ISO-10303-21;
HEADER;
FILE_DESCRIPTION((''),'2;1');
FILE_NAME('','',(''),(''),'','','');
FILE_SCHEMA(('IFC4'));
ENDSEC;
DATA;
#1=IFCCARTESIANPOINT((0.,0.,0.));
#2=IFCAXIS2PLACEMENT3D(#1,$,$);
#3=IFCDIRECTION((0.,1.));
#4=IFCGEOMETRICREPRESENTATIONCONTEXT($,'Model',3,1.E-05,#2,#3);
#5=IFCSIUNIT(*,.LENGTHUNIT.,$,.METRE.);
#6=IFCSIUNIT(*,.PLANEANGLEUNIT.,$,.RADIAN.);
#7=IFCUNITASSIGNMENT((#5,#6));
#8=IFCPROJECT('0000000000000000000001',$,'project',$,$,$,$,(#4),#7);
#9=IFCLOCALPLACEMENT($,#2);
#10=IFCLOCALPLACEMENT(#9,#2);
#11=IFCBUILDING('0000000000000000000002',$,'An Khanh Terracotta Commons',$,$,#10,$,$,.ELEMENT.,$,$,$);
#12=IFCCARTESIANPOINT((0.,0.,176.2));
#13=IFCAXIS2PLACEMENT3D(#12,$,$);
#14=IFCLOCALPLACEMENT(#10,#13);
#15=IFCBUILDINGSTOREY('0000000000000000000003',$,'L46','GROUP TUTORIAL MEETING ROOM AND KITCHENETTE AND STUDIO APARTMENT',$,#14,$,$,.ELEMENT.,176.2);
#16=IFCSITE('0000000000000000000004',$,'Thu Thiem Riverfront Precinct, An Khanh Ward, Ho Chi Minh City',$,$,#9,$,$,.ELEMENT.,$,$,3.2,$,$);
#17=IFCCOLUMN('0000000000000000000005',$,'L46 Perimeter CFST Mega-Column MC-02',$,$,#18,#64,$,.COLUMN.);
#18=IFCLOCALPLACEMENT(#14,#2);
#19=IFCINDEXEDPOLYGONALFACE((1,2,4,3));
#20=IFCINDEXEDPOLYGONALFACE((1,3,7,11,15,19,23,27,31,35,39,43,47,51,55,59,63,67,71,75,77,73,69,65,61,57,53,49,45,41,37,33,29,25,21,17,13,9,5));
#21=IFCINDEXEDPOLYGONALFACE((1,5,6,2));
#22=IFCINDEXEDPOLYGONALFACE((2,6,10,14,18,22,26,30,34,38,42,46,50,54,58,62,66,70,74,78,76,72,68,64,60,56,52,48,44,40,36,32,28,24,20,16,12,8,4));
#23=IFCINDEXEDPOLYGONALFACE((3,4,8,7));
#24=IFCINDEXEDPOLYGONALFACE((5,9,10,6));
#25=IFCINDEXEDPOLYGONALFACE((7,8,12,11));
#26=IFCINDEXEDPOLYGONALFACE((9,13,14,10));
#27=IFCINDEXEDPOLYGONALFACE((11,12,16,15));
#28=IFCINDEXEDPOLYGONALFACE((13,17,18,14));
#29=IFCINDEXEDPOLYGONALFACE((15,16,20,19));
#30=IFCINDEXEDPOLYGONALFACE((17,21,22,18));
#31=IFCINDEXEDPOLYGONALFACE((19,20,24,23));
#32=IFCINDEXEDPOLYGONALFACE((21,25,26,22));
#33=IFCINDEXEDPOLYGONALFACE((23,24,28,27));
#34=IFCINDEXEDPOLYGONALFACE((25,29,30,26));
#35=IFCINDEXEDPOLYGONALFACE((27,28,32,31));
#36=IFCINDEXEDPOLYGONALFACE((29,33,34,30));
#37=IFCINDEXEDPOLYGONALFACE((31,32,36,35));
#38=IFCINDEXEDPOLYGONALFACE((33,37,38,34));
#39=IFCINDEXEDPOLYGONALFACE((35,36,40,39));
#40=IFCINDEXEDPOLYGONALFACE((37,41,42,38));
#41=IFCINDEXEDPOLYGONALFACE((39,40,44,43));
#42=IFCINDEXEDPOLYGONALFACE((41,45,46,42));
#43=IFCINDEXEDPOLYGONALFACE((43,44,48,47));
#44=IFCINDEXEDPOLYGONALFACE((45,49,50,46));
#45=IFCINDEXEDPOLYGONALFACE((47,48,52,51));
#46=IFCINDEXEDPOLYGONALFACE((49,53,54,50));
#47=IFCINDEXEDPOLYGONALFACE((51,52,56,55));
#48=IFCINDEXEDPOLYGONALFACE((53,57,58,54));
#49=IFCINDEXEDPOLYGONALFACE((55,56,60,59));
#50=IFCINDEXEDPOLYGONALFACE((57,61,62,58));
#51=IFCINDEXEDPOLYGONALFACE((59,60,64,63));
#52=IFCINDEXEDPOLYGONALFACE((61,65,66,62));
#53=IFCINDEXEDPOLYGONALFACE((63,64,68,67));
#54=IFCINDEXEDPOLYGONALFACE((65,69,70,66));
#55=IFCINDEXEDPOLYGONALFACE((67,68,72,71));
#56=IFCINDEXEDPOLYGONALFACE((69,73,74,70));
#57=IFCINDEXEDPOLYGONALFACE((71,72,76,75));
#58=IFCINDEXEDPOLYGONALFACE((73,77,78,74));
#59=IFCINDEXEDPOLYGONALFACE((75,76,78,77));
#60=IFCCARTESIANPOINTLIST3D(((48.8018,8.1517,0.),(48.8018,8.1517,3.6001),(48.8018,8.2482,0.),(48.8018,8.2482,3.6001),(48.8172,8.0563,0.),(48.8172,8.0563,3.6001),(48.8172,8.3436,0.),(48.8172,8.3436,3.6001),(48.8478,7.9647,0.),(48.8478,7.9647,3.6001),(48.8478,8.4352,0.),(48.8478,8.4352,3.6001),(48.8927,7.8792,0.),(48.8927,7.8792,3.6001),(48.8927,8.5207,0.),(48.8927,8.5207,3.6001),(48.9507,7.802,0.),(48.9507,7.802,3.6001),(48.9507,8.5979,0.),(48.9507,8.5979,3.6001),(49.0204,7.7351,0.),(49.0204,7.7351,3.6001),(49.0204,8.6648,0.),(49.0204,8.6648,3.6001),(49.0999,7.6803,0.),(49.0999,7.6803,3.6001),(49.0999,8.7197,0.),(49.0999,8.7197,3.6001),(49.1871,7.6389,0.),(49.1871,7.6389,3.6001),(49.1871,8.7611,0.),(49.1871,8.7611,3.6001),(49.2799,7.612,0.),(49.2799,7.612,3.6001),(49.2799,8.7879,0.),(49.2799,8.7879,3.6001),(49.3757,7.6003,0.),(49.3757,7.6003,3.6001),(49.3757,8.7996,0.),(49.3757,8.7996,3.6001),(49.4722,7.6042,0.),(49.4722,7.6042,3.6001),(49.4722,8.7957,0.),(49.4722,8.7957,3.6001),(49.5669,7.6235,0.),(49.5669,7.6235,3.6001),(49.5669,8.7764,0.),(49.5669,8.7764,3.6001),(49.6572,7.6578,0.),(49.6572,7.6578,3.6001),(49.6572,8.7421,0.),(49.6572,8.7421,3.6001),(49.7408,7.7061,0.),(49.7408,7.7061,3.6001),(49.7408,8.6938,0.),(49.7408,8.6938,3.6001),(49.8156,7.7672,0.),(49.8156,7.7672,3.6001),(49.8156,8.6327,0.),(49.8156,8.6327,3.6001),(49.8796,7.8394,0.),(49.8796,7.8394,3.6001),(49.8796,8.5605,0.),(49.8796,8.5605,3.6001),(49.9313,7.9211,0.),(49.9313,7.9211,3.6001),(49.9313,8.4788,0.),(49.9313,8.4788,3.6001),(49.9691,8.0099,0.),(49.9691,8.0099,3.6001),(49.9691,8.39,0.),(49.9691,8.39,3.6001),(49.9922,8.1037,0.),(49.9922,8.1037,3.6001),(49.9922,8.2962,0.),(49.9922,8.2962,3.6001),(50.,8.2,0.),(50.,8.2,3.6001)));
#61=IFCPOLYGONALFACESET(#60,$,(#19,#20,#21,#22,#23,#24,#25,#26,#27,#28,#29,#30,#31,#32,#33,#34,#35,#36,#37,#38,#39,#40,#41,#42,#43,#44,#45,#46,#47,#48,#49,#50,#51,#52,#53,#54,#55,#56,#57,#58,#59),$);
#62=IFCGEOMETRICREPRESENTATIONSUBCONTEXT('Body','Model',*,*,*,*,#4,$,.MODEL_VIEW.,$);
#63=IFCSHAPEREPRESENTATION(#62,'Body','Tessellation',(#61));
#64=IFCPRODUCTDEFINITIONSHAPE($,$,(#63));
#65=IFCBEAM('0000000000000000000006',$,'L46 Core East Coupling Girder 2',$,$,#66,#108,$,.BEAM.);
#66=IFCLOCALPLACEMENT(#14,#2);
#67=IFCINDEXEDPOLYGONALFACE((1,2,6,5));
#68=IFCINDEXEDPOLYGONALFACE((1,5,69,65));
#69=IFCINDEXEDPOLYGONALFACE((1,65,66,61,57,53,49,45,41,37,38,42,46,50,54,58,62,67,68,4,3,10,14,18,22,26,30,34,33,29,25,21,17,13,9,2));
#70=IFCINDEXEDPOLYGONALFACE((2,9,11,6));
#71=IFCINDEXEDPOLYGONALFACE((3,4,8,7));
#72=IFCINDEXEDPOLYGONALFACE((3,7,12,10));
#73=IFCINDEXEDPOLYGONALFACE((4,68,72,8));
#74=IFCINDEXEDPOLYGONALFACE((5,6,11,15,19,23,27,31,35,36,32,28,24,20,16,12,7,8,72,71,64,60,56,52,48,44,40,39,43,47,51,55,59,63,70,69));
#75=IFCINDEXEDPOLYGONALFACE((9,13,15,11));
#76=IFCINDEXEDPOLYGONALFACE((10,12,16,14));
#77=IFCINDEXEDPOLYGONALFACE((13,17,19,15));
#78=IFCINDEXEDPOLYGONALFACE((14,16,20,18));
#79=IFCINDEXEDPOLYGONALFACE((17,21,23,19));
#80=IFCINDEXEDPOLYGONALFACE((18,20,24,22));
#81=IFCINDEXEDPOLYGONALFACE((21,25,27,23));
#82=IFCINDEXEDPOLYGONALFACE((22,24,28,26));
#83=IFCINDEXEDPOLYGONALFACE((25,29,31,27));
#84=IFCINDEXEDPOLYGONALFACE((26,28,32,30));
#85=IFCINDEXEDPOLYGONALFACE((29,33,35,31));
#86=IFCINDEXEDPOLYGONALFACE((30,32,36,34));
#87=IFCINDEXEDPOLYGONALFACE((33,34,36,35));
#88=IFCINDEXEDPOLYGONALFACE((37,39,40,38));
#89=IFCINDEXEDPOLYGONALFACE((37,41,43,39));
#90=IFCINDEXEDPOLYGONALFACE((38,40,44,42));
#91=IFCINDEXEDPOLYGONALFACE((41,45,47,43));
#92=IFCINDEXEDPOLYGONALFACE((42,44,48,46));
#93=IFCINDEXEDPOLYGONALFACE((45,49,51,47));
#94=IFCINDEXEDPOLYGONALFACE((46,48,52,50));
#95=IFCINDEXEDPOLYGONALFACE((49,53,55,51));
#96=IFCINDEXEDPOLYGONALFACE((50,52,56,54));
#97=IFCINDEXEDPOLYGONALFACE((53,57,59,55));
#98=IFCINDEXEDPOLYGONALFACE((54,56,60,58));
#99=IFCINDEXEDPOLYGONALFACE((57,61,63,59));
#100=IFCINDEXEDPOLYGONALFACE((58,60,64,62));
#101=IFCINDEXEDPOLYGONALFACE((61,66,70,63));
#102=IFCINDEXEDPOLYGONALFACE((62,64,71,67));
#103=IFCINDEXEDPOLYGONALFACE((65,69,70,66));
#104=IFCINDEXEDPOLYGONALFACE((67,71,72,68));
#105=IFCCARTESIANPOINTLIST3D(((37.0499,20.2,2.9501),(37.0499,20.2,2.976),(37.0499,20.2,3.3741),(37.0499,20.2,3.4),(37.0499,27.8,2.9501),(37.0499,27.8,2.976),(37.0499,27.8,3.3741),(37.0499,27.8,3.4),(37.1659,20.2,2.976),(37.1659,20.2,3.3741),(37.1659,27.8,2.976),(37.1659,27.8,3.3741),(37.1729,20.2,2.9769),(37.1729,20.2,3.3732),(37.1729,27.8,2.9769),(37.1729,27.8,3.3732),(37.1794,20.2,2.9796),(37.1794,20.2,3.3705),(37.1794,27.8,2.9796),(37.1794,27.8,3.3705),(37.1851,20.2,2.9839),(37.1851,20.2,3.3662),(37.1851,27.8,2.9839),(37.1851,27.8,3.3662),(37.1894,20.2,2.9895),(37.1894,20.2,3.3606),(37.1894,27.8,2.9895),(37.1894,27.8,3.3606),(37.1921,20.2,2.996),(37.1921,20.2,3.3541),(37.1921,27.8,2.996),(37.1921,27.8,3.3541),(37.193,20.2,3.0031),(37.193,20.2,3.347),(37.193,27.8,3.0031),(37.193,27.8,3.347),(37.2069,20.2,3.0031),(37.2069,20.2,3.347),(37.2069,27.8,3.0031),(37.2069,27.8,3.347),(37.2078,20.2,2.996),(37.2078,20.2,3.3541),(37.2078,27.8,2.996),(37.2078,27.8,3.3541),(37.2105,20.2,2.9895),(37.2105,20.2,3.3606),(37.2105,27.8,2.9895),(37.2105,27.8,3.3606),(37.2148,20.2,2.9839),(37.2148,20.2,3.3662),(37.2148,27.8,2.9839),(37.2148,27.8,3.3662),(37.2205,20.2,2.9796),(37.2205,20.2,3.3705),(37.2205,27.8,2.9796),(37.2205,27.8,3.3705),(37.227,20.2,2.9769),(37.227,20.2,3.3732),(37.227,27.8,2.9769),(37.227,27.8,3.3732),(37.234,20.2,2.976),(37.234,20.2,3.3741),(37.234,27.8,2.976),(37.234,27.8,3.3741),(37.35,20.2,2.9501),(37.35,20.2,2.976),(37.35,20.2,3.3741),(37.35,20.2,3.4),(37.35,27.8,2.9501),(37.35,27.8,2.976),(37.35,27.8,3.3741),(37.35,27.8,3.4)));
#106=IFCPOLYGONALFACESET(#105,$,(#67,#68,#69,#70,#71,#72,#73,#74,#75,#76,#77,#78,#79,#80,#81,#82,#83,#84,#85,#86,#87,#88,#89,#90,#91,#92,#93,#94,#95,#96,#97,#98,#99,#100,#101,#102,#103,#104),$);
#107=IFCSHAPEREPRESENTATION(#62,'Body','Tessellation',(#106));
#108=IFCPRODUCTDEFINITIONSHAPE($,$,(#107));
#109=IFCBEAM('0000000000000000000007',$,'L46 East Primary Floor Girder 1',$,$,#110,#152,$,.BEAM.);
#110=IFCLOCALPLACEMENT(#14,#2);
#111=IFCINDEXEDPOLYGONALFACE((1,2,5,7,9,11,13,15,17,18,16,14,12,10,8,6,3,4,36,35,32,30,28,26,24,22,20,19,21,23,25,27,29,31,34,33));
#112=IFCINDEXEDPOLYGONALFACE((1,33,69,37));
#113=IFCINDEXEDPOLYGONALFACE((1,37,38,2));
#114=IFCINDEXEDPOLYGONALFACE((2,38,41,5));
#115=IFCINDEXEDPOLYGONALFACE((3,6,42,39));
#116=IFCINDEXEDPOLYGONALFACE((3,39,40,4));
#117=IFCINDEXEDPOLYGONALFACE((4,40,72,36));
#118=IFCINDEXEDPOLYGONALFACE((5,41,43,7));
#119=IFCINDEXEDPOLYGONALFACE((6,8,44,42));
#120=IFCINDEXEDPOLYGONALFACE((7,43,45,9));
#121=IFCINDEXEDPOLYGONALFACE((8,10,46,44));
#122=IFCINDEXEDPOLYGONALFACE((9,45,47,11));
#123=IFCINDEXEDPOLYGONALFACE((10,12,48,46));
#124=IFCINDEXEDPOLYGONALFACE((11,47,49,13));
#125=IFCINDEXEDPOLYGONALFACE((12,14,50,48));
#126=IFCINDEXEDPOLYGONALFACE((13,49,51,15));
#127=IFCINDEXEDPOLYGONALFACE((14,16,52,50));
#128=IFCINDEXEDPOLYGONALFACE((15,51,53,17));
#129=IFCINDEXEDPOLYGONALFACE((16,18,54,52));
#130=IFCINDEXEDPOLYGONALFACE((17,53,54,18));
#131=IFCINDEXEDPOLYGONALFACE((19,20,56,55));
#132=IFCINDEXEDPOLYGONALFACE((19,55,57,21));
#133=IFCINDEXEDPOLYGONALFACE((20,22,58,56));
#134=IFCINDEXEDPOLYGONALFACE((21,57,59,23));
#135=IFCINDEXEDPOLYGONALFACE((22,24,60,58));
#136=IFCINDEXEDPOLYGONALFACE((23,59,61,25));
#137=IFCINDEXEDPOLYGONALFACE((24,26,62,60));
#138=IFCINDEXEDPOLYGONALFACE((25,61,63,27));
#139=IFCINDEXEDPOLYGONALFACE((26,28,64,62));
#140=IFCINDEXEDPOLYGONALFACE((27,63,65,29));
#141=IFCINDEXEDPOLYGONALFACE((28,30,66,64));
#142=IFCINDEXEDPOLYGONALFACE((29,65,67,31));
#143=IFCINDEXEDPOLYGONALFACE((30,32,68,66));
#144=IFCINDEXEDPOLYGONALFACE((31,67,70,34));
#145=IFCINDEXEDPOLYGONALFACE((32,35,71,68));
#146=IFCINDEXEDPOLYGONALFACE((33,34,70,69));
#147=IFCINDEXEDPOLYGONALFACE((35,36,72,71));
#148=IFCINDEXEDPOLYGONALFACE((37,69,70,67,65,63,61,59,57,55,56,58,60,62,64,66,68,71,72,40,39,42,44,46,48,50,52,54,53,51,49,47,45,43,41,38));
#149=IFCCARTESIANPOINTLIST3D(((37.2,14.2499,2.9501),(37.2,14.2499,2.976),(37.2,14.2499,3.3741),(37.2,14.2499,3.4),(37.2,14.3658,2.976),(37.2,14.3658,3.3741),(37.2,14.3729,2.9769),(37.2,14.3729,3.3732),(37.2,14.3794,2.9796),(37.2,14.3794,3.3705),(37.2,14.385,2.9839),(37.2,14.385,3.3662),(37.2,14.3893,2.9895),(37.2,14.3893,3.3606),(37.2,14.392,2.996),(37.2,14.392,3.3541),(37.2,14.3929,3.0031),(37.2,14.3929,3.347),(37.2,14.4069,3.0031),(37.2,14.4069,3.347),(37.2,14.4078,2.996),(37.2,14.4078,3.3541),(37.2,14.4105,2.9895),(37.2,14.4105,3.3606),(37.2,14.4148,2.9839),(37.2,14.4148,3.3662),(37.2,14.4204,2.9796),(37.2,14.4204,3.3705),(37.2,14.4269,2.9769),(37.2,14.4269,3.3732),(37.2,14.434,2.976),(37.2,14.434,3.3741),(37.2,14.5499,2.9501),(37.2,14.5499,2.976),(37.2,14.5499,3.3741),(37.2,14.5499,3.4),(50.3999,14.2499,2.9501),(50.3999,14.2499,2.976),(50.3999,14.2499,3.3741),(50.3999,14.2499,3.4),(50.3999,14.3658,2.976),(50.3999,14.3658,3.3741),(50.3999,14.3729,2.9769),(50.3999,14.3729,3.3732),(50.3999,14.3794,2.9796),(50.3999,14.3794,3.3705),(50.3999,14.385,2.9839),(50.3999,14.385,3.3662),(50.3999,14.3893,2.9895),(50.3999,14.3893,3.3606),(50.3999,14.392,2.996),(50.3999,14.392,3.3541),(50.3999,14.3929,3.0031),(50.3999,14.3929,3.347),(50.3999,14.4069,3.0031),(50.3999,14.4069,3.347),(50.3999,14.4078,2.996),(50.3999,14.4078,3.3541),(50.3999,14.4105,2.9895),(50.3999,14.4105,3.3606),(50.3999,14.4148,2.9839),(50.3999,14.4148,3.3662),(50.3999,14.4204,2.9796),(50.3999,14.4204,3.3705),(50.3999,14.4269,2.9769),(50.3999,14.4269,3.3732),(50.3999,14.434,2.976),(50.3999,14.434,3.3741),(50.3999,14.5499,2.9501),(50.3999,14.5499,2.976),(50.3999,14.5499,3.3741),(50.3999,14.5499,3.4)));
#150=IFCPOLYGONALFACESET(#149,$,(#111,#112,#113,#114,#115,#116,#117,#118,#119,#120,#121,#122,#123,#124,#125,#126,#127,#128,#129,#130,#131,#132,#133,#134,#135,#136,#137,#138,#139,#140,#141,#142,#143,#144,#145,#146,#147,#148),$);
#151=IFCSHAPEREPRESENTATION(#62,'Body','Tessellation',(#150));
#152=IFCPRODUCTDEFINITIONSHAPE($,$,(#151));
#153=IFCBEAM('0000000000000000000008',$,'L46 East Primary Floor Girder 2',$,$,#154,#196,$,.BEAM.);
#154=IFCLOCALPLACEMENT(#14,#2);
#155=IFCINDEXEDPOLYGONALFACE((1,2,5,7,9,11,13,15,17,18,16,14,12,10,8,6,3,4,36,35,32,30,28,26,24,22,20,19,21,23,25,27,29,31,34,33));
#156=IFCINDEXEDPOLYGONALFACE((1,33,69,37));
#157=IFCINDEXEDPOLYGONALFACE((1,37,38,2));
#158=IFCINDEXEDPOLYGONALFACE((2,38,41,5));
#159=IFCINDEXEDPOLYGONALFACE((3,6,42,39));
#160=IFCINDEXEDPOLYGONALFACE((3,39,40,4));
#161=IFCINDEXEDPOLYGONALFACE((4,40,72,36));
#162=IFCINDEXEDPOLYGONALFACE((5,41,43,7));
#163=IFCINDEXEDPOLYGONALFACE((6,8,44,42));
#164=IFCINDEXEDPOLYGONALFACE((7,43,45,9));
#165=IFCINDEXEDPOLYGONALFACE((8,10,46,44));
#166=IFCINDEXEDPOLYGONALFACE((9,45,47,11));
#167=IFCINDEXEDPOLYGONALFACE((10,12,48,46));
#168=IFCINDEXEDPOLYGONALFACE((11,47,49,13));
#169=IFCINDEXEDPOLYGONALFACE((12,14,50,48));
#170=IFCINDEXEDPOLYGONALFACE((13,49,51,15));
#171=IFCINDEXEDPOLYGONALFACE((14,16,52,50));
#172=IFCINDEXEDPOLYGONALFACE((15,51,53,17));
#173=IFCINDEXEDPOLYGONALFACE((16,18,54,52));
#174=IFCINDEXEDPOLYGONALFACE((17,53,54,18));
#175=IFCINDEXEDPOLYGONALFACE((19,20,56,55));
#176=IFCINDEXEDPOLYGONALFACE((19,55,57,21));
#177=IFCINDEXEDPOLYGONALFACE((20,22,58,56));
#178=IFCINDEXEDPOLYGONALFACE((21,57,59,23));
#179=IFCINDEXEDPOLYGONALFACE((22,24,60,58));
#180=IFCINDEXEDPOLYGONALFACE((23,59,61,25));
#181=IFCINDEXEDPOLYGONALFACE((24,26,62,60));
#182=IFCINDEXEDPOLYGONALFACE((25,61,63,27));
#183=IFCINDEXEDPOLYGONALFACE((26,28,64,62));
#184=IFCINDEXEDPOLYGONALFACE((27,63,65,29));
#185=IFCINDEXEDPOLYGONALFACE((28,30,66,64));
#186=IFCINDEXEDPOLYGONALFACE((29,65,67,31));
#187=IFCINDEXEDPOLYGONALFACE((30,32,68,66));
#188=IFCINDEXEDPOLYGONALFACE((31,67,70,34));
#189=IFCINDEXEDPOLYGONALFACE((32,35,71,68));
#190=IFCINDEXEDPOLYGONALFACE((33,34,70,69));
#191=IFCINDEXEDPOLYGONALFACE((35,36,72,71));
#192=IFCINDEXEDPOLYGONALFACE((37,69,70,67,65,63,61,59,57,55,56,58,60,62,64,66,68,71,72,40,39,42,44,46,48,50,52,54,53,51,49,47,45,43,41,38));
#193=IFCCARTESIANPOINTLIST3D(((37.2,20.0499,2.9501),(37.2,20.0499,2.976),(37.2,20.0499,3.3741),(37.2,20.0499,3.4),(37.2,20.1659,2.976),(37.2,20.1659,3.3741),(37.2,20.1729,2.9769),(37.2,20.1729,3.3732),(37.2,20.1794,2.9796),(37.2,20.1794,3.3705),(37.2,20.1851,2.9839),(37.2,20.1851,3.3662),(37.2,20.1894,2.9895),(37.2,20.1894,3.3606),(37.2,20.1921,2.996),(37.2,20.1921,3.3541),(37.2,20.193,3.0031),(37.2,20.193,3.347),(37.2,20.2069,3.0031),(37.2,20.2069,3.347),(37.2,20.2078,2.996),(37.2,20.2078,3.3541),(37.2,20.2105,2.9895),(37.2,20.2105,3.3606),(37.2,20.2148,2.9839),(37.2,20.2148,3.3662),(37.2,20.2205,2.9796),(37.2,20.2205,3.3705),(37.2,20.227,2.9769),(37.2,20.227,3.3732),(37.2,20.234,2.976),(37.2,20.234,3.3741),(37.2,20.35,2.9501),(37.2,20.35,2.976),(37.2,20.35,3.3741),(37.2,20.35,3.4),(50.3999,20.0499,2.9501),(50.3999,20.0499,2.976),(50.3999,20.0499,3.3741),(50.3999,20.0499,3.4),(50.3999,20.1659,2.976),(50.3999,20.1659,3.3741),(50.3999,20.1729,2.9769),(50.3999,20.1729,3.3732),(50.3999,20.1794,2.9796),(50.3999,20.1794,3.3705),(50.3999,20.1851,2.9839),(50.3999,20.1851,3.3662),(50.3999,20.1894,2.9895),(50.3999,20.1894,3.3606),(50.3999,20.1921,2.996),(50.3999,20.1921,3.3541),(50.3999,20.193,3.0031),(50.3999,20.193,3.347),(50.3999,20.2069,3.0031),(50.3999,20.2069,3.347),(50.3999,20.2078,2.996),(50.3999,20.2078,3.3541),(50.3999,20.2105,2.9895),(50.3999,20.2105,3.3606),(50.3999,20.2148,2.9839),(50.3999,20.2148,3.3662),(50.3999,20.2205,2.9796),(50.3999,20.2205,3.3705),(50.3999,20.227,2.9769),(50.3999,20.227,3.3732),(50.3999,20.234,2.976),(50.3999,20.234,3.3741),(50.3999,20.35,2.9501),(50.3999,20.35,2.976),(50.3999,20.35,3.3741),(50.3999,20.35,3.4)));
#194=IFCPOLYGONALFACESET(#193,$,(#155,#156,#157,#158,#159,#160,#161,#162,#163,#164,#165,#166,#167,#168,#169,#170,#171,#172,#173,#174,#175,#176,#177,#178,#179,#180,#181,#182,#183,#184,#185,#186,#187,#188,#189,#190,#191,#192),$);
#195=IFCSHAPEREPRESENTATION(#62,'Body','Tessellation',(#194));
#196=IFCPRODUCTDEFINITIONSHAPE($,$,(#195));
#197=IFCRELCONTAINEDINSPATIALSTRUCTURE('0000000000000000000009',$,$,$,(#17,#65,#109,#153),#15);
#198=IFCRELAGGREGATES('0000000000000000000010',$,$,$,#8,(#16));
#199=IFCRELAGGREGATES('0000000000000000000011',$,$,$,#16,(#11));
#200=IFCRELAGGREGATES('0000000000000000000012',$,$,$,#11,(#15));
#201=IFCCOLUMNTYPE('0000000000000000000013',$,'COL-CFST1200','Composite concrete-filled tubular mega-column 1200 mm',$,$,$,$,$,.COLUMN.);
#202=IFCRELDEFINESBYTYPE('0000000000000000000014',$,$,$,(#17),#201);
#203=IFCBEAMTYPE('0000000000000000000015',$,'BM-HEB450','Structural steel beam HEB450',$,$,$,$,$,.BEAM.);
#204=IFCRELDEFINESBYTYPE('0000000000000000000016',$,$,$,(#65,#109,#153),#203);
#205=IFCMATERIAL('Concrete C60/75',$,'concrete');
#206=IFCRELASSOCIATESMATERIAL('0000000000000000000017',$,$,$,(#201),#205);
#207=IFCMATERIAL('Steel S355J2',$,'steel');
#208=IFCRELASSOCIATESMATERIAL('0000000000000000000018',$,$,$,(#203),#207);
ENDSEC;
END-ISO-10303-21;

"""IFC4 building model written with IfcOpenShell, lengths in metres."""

from ifc_helpers import new_model, si_unit, direction, frame, origin, origin_2d, place, context, subcontext, project, spatial, circle, i_section, extrude, material, material_profile, profile_set, type_object, element, save


model = new_model("IFC4")

# Units and contexts
model_context = context("Model", 3, precision=1e-05, world=origin(), true_north=direction((0.0, 1.0)))
body_context = subcontext(model_context, "Body", "Model", "MODEL_VIEW")
ifc_project = project(units=[si_unit("LENGTHUNIT", "METRE"), si_unit("PLANEANGLEUNIT", "RADIAN")], contexts=[model_context])

# Site, building, storey
site_placement = place(None, origin())
site = spatial("IfcSite", under=ifc_project, at=site_placement, Name="Thu Thiem Riverfront Precinct, An Khanh Ward, Ho Chi Minh City", CompositionType="ELEMENT", RefElevation=3.2)
building_placement = place(site_placement, origin())
building = spatial("IfcBuilding", under=site, at=building_placement, Name="An Khanh Terracotta Commons", CompositionType="ELEMENT")
storey_placement = place(building_placement, frame((0.0, 0.0, 176.2)))
storey = spatial("IfcBuildingStorey", under=building, at=storey_placement, Name="L46", Description="GROUP TUTORIAL MEETING ROOM AND KITCHENETTE AND STUDIO APARTMENT", CompositionType="ELEMENT", Elevation=176.2)

# Column
ifc_material_1 = material(Name="Concrete C60/75", Category="concrete")
ifc_material_profile_1 = material_profile(ifc_material_1, circle(Radius=0.6001, at=origin_2d()), Name="CFST1200")
ifc_profile_set_1 = profile_set([ifc_material_profile_1], Name="Concrete C60/75")
column_type = type_object("IfcColumnType", Name="COL-CFST1200", Description="Composite concrete-filled tubular mega-column 1200 mm", PredefinedType="COLUMN", material=ifc_profile_set_1)
column_placement = place(storey_placement, frame((49.3999, 8.2, 0.0), z_axis=(0.0, 0.0, 1.0), x_axis=(1.0, 0.0, 0.0)))
element("IfcColumn", 1, at=column_placement, inside=storey, type_object=column_type, Name="L46 Perimeter CFST Mega-Column MC-02", PredefinedType="COLUMN", context=body_context, shape_type="SweptSolid", body=[
    extrude(circle(Radius=0.6001, at=origin_2d()), origin(), (0.0, 0.0, 1.0), 3.6001),
])

# Beams
ifc_material_2 = material(Name="Steel S355J2", Category="steel")
ifc_material_profile_2 = material_profile(ifc_material_2, i_section(OverallWidth=0.3, OverallDepth=0.45, WebThickness=0.0139, FlangeThickness=0.0259, FilletRadius=0.0271, at=origin_2d()), Name="HEB450")
ifc_profile_set_2 = profile_set([ifc_material_profile_2], Name="Steel S355J2")
beam_type_1 = type_object("IfcBeamType", Name="BM-HEB450", Description="Structural steel beam HEB450", PredefinedType="BEAM", material=ifc_profile_set_2)
beam_1_placement = place(storey_placement, frame((37.2, 20.2, 3.175), z_axis=(0.0, 1.0, 0.0), x_axis=(-1.0, 0.0, 0.0)))
element("IfcBeam", 2, at=beam_1_placement, inside=storey, type_object=beam_type_1, Name="L46 Core East Coupling Girder 2", PredefinedType="BEAM", context=body_context, shape_type="SweptSolid", body=[
    extrude(i_section(OverallWidth=0.3, OverallDepth=0.45, WebThickness=0.0139, FlangeThickness=0.0259, FilletRadius=0.0271, at=origin_2d()), origin(), (0.0, 0.0, 1.0), 7.6001),
])
for number, where, z_axis, x_axis, name in (
    (3, (37.2, 14.3999, 3.175), (1.0, 0.0, 0.0), (0.0, 1.0, 0.0), "L46 East Primary Floor Girder 1"),
    (4, (37.2, 20.2, 3.175), (1.0, 0.0, 0.0), (0.0, 1.0, 0.0), "L46 East Primary Floor Girder 2"),
):
    element("IfcBeam", number, at=place(storey_placement, frame(where, z_axis=z_axis, x_axis=x_axis)), inside=storey, type_object=beam_type_1, Name=name, PredefinedType="BEAM", context=body_context, shape_type="SweptSolid", body=[
        extrude(i_section(OverallWidth=0.3, OverallDepth=0.45, WebThickness=0.0139, FlangeThickness=0.0259, FilletRadius=0.0271, at=origin_2d()), origin(), (0.0, 0.0, 1.0), 13.2),
    ])

save(model, "model.ifc")
